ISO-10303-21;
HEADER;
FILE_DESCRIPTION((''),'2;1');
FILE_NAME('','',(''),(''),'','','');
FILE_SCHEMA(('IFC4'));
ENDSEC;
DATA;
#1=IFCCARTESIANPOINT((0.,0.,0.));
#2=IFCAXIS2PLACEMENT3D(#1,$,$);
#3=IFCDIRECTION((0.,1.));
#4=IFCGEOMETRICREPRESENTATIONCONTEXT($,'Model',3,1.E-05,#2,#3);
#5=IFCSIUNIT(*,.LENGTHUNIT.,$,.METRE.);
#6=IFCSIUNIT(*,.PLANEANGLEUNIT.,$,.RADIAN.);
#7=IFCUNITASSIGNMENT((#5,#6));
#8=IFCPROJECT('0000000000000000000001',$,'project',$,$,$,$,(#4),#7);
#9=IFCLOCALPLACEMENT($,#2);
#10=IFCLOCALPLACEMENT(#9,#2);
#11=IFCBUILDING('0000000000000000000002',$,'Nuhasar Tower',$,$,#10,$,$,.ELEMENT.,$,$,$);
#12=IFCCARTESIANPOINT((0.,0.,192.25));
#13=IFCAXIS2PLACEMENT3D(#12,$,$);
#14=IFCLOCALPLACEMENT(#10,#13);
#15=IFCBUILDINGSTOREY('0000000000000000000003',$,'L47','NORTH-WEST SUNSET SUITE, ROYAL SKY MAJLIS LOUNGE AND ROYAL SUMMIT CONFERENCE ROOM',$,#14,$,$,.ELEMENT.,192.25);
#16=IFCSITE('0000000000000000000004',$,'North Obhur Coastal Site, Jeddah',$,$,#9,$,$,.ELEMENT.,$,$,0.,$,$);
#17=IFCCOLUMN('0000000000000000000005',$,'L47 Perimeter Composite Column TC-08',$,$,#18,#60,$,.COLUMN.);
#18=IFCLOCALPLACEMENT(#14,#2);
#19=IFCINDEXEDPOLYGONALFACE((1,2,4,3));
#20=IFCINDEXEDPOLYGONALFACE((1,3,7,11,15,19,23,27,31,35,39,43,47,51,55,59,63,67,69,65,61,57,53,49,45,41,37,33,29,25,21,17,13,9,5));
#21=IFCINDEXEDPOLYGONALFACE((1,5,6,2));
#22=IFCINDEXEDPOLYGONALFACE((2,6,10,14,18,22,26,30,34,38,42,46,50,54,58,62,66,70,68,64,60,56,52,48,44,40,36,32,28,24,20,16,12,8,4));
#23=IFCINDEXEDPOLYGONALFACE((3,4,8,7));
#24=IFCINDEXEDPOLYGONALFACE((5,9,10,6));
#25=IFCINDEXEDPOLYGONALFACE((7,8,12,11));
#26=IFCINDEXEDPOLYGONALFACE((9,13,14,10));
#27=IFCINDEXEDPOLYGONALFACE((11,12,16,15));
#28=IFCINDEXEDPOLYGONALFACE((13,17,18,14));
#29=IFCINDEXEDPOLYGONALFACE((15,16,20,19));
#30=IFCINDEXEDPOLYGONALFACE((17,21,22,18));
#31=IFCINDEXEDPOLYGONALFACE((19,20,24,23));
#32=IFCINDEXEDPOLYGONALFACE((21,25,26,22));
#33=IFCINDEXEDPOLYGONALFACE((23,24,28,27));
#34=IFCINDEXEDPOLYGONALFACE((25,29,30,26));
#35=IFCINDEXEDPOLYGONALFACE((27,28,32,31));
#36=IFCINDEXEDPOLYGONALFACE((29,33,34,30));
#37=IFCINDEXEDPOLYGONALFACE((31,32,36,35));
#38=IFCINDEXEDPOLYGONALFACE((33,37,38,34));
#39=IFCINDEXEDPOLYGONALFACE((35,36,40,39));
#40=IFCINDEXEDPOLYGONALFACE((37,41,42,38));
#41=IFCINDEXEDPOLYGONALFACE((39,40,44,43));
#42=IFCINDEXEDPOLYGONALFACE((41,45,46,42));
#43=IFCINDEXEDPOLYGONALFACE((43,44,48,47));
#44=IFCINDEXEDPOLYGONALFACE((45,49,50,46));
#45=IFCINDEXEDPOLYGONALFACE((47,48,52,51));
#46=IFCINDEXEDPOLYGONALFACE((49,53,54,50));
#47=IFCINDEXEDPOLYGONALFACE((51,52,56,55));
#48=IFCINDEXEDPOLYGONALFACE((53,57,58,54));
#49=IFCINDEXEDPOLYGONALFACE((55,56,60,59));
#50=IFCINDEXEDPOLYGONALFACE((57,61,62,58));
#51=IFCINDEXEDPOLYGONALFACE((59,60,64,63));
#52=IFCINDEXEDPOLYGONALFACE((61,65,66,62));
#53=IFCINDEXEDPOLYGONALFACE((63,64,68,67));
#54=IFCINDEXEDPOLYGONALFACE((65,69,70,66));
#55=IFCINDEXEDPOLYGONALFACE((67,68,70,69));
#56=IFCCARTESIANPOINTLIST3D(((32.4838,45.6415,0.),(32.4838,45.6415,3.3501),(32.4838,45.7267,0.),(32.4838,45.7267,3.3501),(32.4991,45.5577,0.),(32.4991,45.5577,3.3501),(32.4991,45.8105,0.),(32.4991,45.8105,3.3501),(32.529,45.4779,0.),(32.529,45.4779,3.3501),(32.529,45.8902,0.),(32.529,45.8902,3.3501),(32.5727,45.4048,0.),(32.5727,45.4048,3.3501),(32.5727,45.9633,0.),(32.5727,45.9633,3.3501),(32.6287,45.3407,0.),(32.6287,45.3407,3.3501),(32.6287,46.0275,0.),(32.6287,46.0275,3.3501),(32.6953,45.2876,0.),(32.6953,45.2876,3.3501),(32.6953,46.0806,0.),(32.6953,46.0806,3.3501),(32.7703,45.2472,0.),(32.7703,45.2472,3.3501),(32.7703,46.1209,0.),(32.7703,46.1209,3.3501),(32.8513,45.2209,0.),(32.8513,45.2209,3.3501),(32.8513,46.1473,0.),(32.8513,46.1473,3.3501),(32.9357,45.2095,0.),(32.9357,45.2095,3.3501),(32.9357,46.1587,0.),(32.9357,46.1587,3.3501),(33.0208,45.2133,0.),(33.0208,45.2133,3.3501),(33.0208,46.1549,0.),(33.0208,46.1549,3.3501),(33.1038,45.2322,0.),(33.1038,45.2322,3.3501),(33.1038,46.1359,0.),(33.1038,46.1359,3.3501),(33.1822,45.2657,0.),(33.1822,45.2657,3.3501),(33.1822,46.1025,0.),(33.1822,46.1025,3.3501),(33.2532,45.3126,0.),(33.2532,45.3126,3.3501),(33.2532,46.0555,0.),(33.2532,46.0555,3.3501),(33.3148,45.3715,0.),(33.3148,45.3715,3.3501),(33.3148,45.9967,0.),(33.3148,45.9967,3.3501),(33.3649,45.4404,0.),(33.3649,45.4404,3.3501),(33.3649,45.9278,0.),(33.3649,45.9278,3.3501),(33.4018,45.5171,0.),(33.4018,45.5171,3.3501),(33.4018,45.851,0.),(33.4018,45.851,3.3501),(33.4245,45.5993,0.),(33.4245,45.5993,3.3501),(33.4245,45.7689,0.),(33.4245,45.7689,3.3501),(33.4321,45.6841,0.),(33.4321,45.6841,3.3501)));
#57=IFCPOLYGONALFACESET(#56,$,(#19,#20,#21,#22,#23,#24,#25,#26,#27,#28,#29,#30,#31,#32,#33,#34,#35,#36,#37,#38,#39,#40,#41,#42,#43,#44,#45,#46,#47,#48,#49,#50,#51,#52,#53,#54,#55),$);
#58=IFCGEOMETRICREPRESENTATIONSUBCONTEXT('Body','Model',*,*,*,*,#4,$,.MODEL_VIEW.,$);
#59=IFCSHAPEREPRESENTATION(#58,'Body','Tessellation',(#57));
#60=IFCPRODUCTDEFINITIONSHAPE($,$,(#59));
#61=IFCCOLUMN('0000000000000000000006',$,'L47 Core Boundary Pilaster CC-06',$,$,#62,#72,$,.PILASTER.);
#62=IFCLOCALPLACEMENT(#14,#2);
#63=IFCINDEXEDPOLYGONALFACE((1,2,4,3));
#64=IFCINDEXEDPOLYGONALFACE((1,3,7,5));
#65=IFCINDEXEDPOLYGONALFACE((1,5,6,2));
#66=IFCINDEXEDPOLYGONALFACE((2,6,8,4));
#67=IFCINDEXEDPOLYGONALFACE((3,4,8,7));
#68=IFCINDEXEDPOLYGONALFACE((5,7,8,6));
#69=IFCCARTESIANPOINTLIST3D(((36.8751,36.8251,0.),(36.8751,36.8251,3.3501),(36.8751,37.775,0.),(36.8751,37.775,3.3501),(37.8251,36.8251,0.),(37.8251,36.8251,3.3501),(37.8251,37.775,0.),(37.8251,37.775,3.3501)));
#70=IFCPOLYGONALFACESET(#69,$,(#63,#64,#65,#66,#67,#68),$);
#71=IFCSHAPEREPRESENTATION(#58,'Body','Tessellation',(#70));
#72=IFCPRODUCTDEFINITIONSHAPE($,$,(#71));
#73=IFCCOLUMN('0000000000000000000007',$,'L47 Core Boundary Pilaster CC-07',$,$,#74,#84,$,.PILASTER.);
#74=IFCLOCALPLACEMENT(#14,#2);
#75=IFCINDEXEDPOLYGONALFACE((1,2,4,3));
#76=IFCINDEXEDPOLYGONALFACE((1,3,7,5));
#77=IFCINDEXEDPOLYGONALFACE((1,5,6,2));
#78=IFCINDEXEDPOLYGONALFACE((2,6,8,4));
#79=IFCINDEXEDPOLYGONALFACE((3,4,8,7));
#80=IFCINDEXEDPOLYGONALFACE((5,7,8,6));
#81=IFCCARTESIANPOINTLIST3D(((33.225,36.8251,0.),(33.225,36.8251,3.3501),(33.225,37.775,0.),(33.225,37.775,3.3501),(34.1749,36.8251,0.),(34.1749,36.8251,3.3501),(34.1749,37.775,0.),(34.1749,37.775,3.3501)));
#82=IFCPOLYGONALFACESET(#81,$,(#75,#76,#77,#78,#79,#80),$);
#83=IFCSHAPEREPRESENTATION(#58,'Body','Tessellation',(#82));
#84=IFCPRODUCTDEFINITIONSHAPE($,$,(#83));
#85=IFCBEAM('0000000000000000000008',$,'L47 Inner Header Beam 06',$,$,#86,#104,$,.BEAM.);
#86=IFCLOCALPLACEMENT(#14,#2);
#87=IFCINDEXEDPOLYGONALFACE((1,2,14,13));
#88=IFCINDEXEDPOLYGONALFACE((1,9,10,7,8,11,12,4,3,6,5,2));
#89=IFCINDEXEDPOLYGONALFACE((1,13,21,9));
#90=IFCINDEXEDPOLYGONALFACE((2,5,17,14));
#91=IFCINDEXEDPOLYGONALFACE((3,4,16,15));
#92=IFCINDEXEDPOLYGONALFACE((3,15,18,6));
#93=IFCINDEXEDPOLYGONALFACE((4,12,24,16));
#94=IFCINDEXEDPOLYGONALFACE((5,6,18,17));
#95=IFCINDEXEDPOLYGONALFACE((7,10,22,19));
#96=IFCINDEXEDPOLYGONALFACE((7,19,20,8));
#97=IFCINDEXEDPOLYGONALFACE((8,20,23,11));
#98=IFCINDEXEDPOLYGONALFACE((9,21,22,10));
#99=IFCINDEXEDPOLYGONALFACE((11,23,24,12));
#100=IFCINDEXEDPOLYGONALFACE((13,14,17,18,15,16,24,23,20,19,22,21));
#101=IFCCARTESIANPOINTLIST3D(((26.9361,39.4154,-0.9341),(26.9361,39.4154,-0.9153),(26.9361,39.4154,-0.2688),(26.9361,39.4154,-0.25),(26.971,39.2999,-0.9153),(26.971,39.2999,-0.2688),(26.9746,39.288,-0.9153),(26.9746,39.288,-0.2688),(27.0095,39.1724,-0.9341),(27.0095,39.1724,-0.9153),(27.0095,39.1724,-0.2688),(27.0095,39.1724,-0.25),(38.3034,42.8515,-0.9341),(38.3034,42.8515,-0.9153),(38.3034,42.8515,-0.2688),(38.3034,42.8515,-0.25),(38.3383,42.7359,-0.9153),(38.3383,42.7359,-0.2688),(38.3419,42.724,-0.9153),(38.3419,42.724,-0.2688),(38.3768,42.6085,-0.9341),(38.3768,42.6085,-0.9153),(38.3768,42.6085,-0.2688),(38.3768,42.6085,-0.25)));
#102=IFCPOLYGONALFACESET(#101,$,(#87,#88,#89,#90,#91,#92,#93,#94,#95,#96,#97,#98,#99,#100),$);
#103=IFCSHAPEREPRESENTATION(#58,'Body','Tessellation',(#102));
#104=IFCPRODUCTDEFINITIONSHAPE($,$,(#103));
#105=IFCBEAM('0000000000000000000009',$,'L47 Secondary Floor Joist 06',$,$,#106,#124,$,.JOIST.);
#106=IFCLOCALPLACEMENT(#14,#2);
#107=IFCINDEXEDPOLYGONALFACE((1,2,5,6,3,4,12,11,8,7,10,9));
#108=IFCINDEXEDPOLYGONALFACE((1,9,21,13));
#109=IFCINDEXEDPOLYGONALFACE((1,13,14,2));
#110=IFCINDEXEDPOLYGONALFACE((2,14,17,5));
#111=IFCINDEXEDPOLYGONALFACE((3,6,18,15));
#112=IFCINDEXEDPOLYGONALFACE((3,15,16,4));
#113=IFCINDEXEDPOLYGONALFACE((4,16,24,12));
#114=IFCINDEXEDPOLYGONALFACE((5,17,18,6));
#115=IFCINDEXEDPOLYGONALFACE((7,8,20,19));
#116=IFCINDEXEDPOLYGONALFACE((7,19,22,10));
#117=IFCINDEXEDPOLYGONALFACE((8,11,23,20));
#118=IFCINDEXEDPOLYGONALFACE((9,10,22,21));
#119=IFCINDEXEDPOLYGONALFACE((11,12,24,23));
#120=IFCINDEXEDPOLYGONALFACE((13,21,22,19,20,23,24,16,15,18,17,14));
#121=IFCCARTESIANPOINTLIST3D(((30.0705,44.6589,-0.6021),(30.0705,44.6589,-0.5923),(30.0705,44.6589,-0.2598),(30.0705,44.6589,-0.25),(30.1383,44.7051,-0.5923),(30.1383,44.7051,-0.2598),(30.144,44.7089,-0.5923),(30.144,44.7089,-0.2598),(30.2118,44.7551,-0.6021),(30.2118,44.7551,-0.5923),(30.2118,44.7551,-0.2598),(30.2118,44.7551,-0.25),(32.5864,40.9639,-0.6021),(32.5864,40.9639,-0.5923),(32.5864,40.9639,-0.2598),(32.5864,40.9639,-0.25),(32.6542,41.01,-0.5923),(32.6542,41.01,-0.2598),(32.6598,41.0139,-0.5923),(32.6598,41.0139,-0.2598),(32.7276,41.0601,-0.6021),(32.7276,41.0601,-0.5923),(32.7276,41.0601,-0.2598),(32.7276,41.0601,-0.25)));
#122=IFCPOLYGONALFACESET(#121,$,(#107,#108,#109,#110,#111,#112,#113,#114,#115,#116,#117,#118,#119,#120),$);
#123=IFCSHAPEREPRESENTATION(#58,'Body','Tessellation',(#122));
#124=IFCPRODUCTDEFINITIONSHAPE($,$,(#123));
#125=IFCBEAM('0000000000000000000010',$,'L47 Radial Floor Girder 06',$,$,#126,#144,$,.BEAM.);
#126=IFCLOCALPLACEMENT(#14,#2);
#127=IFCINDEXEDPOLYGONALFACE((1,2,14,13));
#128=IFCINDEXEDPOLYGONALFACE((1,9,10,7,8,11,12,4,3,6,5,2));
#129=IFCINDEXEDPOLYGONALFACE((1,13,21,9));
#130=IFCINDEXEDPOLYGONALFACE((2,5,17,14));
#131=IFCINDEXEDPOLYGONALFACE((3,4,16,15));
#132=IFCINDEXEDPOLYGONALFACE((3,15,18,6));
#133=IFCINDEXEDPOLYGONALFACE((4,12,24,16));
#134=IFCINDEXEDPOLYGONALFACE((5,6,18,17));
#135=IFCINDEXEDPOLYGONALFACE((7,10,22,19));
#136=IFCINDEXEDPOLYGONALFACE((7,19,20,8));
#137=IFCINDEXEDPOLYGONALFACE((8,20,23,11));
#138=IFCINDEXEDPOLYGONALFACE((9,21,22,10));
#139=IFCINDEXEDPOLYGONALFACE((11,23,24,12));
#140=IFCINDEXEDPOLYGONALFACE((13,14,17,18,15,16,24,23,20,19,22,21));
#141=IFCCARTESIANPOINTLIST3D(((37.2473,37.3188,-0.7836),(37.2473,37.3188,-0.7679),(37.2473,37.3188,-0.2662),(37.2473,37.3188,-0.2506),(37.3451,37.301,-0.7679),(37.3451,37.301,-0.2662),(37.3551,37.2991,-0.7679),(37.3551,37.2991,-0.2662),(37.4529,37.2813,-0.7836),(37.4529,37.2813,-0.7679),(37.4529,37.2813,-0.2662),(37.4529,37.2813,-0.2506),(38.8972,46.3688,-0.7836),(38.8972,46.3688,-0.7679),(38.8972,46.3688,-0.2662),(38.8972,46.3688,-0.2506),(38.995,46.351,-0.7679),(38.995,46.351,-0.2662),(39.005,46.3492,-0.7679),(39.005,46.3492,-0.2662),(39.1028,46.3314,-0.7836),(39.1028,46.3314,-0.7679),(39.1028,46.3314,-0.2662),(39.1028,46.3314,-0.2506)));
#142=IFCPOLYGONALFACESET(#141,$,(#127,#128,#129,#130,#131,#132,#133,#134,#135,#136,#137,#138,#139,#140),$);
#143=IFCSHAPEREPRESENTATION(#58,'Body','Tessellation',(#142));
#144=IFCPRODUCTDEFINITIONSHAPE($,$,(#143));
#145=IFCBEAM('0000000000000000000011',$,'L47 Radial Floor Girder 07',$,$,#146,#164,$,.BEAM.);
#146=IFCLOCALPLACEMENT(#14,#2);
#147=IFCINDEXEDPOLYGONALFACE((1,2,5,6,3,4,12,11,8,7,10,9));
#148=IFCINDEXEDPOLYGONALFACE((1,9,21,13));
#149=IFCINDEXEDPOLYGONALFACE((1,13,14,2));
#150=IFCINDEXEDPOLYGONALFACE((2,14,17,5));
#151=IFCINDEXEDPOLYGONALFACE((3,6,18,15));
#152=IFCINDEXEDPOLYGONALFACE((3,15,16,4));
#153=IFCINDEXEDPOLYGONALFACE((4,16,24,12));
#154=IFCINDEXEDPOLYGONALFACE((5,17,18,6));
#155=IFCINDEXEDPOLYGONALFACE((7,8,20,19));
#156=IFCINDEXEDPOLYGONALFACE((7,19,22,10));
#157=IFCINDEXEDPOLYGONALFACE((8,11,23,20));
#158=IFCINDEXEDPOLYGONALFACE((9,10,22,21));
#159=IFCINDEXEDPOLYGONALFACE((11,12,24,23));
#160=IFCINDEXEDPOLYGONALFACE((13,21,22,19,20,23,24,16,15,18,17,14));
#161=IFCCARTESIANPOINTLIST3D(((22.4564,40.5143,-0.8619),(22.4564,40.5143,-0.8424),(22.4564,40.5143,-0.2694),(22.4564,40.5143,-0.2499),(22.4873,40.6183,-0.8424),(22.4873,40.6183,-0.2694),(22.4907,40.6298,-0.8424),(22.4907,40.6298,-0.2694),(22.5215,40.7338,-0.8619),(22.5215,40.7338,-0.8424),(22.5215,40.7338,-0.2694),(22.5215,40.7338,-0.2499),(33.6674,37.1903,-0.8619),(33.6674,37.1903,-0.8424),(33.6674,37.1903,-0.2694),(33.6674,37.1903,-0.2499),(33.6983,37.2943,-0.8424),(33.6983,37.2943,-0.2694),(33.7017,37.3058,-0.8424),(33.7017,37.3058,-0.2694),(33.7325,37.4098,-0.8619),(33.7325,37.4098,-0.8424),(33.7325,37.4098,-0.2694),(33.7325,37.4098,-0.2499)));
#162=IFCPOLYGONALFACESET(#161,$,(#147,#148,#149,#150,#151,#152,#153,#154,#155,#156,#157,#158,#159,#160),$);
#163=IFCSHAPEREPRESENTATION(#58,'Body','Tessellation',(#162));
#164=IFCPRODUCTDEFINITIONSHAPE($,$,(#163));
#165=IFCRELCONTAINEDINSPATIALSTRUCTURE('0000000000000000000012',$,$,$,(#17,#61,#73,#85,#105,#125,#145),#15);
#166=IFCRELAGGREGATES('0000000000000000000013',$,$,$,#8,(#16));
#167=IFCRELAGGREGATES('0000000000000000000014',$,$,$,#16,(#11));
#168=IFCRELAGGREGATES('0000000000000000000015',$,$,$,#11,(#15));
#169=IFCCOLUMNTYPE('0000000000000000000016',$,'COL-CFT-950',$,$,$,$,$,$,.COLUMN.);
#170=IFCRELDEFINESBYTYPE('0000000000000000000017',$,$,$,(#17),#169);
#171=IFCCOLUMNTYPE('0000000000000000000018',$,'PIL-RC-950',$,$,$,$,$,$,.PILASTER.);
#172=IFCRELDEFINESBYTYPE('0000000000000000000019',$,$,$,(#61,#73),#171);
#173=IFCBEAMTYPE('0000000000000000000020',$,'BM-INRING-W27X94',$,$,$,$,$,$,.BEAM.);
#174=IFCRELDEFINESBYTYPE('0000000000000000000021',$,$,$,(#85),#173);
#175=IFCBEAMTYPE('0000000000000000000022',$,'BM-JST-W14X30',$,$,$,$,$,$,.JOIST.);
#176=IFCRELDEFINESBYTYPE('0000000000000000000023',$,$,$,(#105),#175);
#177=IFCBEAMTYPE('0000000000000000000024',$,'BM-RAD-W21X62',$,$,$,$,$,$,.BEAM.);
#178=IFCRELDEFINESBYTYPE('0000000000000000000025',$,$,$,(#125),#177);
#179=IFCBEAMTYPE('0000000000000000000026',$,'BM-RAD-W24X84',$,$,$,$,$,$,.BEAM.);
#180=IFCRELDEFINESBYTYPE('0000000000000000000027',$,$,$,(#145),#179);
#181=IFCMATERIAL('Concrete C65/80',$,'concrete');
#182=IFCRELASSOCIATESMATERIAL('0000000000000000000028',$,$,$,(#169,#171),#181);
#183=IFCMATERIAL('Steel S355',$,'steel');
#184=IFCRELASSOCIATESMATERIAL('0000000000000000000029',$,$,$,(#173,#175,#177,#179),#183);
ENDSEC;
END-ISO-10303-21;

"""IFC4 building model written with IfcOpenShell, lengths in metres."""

from ifc_helpers import new_model, si_unit, direction, frame, origin, origin_2d, place, context, subcontext, project, spatial, rectangle, circle, i_section, extrude, material, material_profile, profile_set, type_object, element, save


model = new_model("IFC4")

# Units and contexts
model_context = context("Model", 3, precision=1e-05, world=origin(), true_north=direction((0.0, 1.0)))
body_context = subcontext(model_context, "Body", "Model", "MODEL_VIEW")
ifc_project = project(units=[si_unit("LENGTHUNIT", "METRE"), si_unit("PLANEANGLEUNIT", "RADIAN")], contexts=[model_context])

# Site, building, storey
site_placement = place(None, origin())
site = spatial("IfcSite", under=ifc_project, at=site_placement, Name="North Obhur Coastal Site, Jeddah", CompositionType="ELEMENT", RefElevation=0.0)
building_placement = place(site_placement, origin())
building = spatial("IfcBuilding", under=site, at=building_placement, Name="Nuhasar Tower", CompositionType="ELEMENT")
storey_placement = place(building_placement, frame((0.0, 0.0, 192.25)))
storey = spatial("IfcBuildingStorey", under=building, at=storey_placement, Name="L47", Description="NORTH-WEST SUNSET SUITE, ROYAL SKY MAJLIS LOUNGE AND ROYAL SUMMIT CONFERENCE ROOM", CompositionType="ELEMENT", Elevation=192.25)

# Columns
ifc_material_1 = material(Name="Concrete C65/80", Category="concrete")
ifc_material_profile_1 = material_profile(ifc_material_1, circle(Radius=0.4751, at=origin_2d()), Name="CFT950")
ifc_profile_set_1 = profile_set([ifc_material_profile_1], Name="Concrete C65/80")
column_type_1 = type_object("IfcColumnType", Name="COL-CFT-950", PredefinedType="COLUMN", material=ifc_profile_set_1)
column_placement = place(storey_placement, frame((32.957, 45.6841, 0.0), z_axis=(0.0, 0.0, 1.0), x_axis=(1.0, 0.0, 0.0)))
element("IfcColumn", 1, at=column_placement, inside=storey, type_object=column_type_1, Name="L47 Perimeter Composite Column TC-08", PredefinedType="COLUMN", context=body_context, shape_type="SweptSolid", body=[
    extrude(circle(Radius=0.4751, at=origin_2d()), origin(), (0.0, 0.0, 1.0), 3.3501),
])
ifc_material_profile_2 = material_profile(ifc_material_1, rectangle(XDim=0.95, YDim=0.95, at=origin_2d()), Name="RC950X950")
ifc_profile_set_2 = profile_set([ifc_material_profile_2], Name="Concrete C65/80")
column_type_2 = type_object("IfcColumnType", Name="PIL-RC-950", PredefinedType="PILASTER", material=ifc_profile_set_2)
for number, where, z_axis, x_axis, name in (
    (2, (37.3501, 37.3, 0.0), (0.0, 0.0, 1.0), (1.0, 0.0, 0.0), "L47 Core Boundary Pilaster CC-06"),
    (3, (33.7, 37.3, 0.0), (0.0, 0.0, 1.0), (1.0, 0.0, 0.0), "L47 Core Boundary Pilaster CC-07"),
):
    element("IfcColumn", number, at=place(storey_placement, frame(where, z_axis=z_axis, x_axis=x_axis)), inside=storey, type_object=column_type_2, Name=name, PredefinedType="PILASTER", context=body_context, shape_type="SweptSolid", body=[
        extrude(rectangle(XDim=0.95, YDim=0.95, at=origin_2d()), origin(), (0.0, 0.0, 1.0), 3.3501),
    ])

# Beams
ifc_material_2 = material(Name="Steel S355", Category="steel")
ifc_material_profile_3 = material_profile(ifc_material_2, i_section(OverallWidth=0.2539, OverallDepth=0.6841, WebThickness=0.0125, FlangeThickness=0.0188, at=origin_2d()), Name="W27X94")
ifc_profile_set_3 = profile_set([ifc_material_profile_3], Name="Steel S355")
beam_type_1 = type_object("IfcBeamType", Name="BM-INRING-W27X94", PredefinedType="BEAM", material=ifc_profile_set_3)
beam_1_placement = place(storey_placement, frame((38.3401, 42.73, -0.592), z_axis=(-0.957224, -0.289347, 0.0), x_axis=(0.289347, -0.957224, 0.0)))
element("IfcBeam", 4, at=beam_1_placement, inside=storey, type_object=beam_type_1, Name="L47 Inner Header Beam 06", PredefinedType="BEAM", context=body_context, shape_type="SweptSolid", body=[
    extrude(i_section(OverallWidth=0.2539, OverallDepth=0.6841, WebThickness=0.0125, FlangeThickness=0.0188, at=origin_2d()), origin(), (0.0, 0.0, 1.0), 11.8752),
])
ifc_material_profile_4 = material_profile(ifc_material_2, i_section(OverallWidth=0.1709, OverallDepth=0.3521, WebThickness=0.0068, FlangeThickness=0.0098, at=origin_2d()), Name="W14X30")
ifc_profile_set_4 = profile_set([ifc_material_profile_4], Name="Steel S355")
beam_type_2 = type_object("IfcBeamType", Name="BM-JST-W14X30", PredefinedType="JOIST", material=ifc_profile_set_4)
beam_2_placement = place(storey_placement, frame((32.657, 41.012, -0.426), z_axis=(-0.562803, 0.826591, 0.0), x_axis=(-0.826591, -0.562803, 0.0)))
element("IfcBeam", 5, at=beam_2_placement, inside=storey, type_object=beam_type_2, Name="L47 Secondary Floor Joist 06", PredefinedType="JOIST", context=body_context, shape_type="SweptSolid", body=[
    extrude(i_section(OverallWidth=0.1709, OverallDepth=0.3521, WebThickness=0.0068, FlangeThickness=0.0098, at=origin_2d()), origin(), (0.0, 0.0, 1.0), 4.4702),
])
ifc_material_profile_5 = material_profile(ifc_material_2, i_section(OverallWidth=0.209, OverallDepth=0.533, WebThickness=0.0103, FlangeThickness=0.0156, at=origin_2d()), Name="W21X62")
ifc_profile_set_5 = profile_set([ifc_material_profile_5], Name="Steel S355")
beam_type_3 = type_object("IfcBeamType", Name="BM-RAD-W21X62", PredefinedType="BEAM", material=ifc_profile_set_5)
beam_3_placement = place(storey_placement, frame((37.3501, 37.3, -0.5171), z_axis=(0.179353, 0.983785, 0.0), x_axis=(-0.983785, 0.179353, 0.0)))
element("IfcBeam", 6, at=beam_3_placement, inside=storey, type_object=beam_type_3, Name="L47 Radial Floor Girder 06", PredefinedType="BEAM", context=body_context, shape_type="SweptSolid", body=[
    extrude(i_section(OverallWidth=0.209, OverallDepth=0.533, WebThickness=0.0103, FlangeThickness=0.0156, at=origin_2d()), origin(), (0.0, 0.0, 1.0), 9.1992),
])
ifc_material_profile_6 = material_profile(ifc_material_2, i_section(OverallWidth=0.229, OverallDepth=0.6121, WebThickness=0.012, FlangeThickness=0.0195, at=origin_2d()), Name="W24X84")
ifc_profile_set_6 = profile_set([ifc_material_profile_6], Name="Steel S355")
beam_type_4 = type_object("IfcBeamType", Name="BM-RAD-W24X84", PredefinedType="BEAM", material=ifc_profile_set_6)
beam_4_placement = place(storey_placement, frame((33.7, 37.3, -0.5559), z_axis=(-0.958746, 0.284262, 0.0), x_axis=(-0.284262, -0.958746, 0.0)))
element("IfcBeam", 7, at=beam_4_placement, inside=storey, type_object=beam_type_4, Name="L47 Radial Floor Girder 07", PredefinedType="BEAM", context=body_context, shape_type="SweptSolid", body=[
    extrude(i_section(OverallWidth=0.229, OverallDepth=0.6121, WebThickness=0.012, FlangeThickness=0.0195, at=origin_2d()), origin(), (0.0, 0.0, 1.0), 11.6934),
])

save(model, "model.ifc")
